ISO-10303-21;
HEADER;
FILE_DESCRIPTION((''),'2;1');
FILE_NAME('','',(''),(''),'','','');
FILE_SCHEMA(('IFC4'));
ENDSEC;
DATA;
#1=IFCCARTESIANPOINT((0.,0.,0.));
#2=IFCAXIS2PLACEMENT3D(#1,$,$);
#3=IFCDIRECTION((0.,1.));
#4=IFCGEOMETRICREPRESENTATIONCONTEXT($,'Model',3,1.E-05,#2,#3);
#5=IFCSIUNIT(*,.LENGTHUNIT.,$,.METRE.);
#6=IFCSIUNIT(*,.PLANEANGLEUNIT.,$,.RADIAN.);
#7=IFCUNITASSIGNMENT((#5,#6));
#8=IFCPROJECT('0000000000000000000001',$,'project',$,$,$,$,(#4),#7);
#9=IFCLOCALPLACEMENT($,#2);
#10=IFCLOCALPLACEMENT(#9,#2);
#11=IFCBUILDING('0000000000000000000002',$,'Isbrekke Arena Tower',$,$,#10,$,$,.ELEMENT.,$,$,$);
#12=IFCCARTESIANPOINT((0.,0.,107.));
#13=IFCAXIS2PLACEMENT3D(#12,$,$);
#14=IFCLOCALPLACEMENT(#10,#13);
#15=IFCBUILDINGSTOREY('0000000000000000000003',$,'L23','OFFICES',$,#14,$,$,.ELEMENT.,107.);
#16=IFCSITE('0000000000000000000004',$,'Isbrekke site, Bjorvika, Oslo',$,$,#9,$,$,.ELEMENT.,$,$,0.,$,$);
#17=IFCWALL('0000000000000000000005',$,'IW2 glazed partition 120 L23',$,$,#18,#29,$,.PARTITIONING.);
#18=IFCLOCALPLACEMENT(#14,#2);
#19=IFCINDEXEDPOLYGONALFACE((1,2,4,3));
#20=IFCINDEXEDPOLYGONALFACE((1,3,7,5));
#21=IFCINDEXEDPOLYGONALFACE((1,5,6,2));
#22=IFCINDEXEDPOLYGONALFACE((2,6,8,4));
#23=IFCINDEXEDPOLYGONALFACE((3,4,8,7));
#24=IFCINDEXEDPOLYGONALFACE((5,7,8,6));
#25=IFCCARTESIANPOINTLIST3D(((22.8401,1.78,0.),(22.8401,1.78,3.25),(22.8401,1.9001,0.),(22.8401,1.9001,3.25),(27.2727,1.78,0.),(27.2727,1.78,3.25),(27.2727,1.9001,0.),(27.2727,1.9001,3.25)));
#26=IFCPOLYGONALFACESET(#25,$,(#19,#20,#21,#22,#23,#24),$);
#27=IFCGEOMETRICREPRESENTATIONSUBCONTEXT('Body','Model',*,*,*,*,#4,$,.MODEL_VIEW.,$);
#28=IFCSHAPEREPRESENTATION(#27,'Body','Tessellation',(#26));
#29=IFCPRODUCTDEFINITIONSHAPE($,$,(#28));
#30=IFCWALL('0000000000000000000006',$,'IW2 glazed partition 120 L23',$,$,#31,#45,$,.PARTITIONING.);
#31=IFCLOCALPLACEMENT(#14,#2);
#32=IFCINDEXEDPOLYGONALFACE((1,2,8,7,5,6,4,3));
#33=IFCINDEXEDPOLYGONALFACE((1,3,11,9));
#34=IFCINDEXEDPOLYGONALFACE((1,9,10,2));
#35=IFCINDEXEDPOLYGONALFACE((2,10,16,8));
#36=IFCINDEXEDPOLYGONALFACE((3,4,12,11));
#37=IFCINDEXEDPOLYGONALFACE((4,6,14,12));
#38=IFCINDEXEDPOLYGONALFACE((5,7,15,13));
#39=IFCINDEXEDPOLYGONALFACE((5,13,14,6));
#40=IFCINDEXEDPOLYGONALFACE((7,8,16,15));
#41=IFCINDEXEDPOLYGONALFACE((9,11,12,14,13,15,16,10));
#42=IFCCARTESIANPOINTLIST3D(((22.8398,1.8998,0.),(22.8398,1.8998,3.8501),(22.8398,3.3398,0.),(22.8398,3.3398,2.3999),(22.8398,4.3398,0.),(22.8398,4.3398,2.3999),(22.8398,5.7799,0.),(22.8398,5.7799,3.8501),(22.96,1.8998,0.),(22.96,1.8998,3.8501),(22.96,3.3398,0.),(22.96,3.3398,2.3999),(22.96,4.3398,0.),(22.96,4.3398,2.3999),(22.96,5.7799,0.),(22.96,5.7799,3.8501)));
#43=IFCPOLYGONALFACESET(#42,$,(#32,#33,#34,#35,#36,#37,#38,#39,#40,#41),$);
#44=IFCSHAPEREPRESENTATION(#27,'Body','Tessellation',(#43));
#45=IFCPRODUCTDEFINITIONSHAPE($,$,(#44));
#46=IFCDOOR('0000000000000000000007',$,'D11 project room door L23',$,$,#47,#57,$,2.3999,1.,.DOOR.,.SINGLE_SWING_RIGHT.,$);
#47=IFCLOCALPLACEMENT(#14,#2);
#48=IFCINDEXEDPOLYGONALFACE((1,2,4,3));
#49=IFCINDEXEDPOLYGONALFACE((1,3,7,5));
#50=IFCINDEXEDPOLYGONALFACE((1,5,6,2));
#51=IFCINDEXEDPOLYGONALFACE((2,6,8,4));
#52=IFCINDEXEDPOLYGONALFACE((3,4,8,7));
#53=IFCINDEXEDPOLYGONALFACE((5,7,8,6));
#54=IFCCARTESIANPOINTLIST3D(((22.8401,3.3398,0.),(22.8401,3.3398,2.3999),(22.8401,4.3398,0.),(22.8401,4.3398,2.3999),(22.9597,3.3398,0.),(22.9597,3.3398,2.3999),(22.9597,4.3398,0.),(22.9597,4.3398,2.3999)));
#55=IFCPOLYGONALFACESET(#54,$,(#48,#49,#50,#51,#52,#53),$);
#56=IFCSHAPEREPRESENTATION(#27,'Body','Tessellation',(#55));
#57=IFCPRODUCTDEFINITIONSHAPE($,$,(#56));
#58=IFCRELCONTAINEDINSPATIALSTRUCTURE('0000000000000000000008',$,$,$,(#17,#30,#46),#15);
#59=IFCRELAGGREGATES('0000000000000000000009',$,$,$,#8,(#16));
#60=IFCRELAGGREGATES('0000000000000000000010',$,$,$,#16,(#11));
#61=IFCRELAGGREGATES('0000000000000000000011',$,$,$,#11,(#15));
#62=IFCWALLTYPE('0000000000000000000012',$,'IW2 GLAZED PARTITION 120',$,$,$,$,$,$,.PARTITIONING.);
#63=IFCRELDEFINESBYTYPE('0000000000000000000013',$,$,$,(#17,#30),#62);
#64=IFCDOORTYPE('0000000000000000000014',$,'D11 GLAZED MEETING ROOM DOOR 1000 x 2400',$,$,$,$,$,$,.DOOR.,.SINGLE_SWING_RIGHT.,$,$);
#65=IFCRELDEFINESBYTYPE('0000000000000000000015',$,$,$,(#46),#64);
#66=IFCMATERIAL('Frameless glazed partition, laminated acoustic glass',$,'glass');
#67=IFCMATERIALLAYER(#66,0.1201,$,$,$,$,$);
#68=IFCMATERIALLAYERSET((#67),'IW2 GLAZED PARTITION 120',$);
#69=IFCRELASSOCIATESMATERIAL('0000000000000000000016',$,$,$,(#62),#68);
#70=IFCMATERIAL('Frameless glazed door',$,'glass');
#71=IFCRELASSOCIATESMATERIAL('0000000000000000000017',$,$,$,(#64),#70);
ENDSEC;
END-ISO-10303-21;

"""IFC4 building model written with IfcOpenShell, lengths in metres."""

from ifc_helpers import new_model, si_unit, direction, frame, frame_2d, origin, place, context, subcontext, project, spatial, rectangle, extrude, material, layer, layer_set, type_object, element, fill, save


model = new_model("IFC4")

# Units and contexts
model_context = context("Model", 3, precision=1e-05, world=origin(), true_north=direction((0.0, 1.0)))
body_context = subcontext(model_context, "Body", "Model", "MODEL_VIEW")
ifc_project = project(units=[si_unit("LENGTHUNIT", "METRE"), si_unit("PLANEANGLEUNIT", "RADIAN")], contexts=[model_context])

# Site, building, storey
site_placement = place(None, origin())
site = spatial("IfcSite", under=ifc_project, at=site_placement, Name="Isbrekke site, Bjorvika, Oslo", CompositionType="ELEMENT", RefElevation=0.0)
building_placement = place(site_placement, origin())
building = spatial("IfcBuilding", under=site, at=building_placement, Name="Isbrekke Arena Tower", CompositionType="ELEMENT")
storey_placement = place(building_placement, frame((0.0, 0.0, 107.0)))
storey = spatial("IfcBuildingStorey", under=building, at=storey_placement, Name="L23", Description="OFFICES", CompositionType="ELEMENT", Elevation=107.0)

# Wall
ifc_material_1 = material(Name="Frameless glazed partition, laminated acoustic glass", Category="glass")
ifc_layer_1 = layer(ifc_material_1, 0.1201)
ifc_layer_set_1 = layer_set([ifc_layer_1], Name="IW2 GLAZED PARTITION 120")
wall_type = type_object("IfcWallType", Name="IW2 GLAZED PARTITION 120", PredefinedType="PARTITIONING", material=ifc_layer_set_1)
wall_1_placement = place(storey_placement, frame((22.8401, 1.8401, 0.0), z_axis=(0.0, 0.0, 1.0), x_axis=(1.0, 0.0, 0.0)))
element("IfcWall", 1, at=wall_1_placement, inside=storey, type_object=wall_type, Name="IW2 glazed partition 120 L23", PredefinedType="PARTITIONING", context=body_context, shape_type="SweptSolid", body=[
    extrude(rectangle(XDim=4.4326, YDim=0.1201, at=frame_2d((2.2163, 0.0))), origin(), (0.0, 0.0, 1.0), 3.25),
])

# Wall, opening, door
wall_2_placement = place(storey_placement, frame((22.8999, 1.8999, 0.0), z_axis=(0.0, 0.0, 1.0), x_axis=(0.0, 1.0, 0.0)))
wall_2 = element("IfcWall", 2, at=wall_2_placement, inside=storey, type_object=wall_type, Name="IW2 glazed partition 120 L23", PredefinedType="PARTITIONING", context=body_context, shape_type="SweptSolid", body=[
    extrude(rectangle(XDim=3.8801, YDim=0.1201, at=frame_2d((1.9399, 0.0))), origin(), (0.0, 0.0, 1.0), 3.8501),
])
opening_placement = place(wall_2_placement, frame((1.4399, 0.0, 0.0)))
opening = element("IfcOpeningElement", 3, at=opening_placement, cuts=wall_2, PredefinedType="OPENING", context=body_context, shape_type="SweptSolid", body=[
    extrude(rectangle(XDim=1.0, YDim=2.3999, at=frame_2d((0.5, 1.2))), frame((0.0, 0.075, 0.0), z_axis=(0.0, -1.0, 0.0), x_axis=(1.0, 0.0, 0.0)), (0.0, 0.0, 1.0), 0.1499),
])
ifc_material_2 = material(Name="Frameless glazed door", Category="glass")
door_type = type_object("IfcDoorType", Name="D11 GLAZED MEETING ROOM DOOR 1000 x 2400", OperationType="SINGLE_SWING_RIGHT", PredefinedType="DOOR", material=ifc_material_2)
door_placement = place(opening_placement, origin())
door = element("IfcDoor", 4, at=door_placement, inside=storey, type_object=door_type, Name="D11 project room door L23", OperationType="SINGLE_SWING_RIGHT", OverallHeight=2.3999, OverallWidth=1.0, PredefinedType="DOOR", context=body_context, shape_type="SweptSolid", body=[
    extrude(rectangle(XDim=1.0, YDim=2.3999, at=frame_2d((0.5, 1.2))), frame((0.0, 0.0598, 0.0), z_axis=(0.0, -1.0, 0.0), x_axis=(1.0, 0.0, 0.0)), (0.0, 0.0, 1.0), 0.1196),
])
fill(opening, door)

save(model, "model.ifc")
